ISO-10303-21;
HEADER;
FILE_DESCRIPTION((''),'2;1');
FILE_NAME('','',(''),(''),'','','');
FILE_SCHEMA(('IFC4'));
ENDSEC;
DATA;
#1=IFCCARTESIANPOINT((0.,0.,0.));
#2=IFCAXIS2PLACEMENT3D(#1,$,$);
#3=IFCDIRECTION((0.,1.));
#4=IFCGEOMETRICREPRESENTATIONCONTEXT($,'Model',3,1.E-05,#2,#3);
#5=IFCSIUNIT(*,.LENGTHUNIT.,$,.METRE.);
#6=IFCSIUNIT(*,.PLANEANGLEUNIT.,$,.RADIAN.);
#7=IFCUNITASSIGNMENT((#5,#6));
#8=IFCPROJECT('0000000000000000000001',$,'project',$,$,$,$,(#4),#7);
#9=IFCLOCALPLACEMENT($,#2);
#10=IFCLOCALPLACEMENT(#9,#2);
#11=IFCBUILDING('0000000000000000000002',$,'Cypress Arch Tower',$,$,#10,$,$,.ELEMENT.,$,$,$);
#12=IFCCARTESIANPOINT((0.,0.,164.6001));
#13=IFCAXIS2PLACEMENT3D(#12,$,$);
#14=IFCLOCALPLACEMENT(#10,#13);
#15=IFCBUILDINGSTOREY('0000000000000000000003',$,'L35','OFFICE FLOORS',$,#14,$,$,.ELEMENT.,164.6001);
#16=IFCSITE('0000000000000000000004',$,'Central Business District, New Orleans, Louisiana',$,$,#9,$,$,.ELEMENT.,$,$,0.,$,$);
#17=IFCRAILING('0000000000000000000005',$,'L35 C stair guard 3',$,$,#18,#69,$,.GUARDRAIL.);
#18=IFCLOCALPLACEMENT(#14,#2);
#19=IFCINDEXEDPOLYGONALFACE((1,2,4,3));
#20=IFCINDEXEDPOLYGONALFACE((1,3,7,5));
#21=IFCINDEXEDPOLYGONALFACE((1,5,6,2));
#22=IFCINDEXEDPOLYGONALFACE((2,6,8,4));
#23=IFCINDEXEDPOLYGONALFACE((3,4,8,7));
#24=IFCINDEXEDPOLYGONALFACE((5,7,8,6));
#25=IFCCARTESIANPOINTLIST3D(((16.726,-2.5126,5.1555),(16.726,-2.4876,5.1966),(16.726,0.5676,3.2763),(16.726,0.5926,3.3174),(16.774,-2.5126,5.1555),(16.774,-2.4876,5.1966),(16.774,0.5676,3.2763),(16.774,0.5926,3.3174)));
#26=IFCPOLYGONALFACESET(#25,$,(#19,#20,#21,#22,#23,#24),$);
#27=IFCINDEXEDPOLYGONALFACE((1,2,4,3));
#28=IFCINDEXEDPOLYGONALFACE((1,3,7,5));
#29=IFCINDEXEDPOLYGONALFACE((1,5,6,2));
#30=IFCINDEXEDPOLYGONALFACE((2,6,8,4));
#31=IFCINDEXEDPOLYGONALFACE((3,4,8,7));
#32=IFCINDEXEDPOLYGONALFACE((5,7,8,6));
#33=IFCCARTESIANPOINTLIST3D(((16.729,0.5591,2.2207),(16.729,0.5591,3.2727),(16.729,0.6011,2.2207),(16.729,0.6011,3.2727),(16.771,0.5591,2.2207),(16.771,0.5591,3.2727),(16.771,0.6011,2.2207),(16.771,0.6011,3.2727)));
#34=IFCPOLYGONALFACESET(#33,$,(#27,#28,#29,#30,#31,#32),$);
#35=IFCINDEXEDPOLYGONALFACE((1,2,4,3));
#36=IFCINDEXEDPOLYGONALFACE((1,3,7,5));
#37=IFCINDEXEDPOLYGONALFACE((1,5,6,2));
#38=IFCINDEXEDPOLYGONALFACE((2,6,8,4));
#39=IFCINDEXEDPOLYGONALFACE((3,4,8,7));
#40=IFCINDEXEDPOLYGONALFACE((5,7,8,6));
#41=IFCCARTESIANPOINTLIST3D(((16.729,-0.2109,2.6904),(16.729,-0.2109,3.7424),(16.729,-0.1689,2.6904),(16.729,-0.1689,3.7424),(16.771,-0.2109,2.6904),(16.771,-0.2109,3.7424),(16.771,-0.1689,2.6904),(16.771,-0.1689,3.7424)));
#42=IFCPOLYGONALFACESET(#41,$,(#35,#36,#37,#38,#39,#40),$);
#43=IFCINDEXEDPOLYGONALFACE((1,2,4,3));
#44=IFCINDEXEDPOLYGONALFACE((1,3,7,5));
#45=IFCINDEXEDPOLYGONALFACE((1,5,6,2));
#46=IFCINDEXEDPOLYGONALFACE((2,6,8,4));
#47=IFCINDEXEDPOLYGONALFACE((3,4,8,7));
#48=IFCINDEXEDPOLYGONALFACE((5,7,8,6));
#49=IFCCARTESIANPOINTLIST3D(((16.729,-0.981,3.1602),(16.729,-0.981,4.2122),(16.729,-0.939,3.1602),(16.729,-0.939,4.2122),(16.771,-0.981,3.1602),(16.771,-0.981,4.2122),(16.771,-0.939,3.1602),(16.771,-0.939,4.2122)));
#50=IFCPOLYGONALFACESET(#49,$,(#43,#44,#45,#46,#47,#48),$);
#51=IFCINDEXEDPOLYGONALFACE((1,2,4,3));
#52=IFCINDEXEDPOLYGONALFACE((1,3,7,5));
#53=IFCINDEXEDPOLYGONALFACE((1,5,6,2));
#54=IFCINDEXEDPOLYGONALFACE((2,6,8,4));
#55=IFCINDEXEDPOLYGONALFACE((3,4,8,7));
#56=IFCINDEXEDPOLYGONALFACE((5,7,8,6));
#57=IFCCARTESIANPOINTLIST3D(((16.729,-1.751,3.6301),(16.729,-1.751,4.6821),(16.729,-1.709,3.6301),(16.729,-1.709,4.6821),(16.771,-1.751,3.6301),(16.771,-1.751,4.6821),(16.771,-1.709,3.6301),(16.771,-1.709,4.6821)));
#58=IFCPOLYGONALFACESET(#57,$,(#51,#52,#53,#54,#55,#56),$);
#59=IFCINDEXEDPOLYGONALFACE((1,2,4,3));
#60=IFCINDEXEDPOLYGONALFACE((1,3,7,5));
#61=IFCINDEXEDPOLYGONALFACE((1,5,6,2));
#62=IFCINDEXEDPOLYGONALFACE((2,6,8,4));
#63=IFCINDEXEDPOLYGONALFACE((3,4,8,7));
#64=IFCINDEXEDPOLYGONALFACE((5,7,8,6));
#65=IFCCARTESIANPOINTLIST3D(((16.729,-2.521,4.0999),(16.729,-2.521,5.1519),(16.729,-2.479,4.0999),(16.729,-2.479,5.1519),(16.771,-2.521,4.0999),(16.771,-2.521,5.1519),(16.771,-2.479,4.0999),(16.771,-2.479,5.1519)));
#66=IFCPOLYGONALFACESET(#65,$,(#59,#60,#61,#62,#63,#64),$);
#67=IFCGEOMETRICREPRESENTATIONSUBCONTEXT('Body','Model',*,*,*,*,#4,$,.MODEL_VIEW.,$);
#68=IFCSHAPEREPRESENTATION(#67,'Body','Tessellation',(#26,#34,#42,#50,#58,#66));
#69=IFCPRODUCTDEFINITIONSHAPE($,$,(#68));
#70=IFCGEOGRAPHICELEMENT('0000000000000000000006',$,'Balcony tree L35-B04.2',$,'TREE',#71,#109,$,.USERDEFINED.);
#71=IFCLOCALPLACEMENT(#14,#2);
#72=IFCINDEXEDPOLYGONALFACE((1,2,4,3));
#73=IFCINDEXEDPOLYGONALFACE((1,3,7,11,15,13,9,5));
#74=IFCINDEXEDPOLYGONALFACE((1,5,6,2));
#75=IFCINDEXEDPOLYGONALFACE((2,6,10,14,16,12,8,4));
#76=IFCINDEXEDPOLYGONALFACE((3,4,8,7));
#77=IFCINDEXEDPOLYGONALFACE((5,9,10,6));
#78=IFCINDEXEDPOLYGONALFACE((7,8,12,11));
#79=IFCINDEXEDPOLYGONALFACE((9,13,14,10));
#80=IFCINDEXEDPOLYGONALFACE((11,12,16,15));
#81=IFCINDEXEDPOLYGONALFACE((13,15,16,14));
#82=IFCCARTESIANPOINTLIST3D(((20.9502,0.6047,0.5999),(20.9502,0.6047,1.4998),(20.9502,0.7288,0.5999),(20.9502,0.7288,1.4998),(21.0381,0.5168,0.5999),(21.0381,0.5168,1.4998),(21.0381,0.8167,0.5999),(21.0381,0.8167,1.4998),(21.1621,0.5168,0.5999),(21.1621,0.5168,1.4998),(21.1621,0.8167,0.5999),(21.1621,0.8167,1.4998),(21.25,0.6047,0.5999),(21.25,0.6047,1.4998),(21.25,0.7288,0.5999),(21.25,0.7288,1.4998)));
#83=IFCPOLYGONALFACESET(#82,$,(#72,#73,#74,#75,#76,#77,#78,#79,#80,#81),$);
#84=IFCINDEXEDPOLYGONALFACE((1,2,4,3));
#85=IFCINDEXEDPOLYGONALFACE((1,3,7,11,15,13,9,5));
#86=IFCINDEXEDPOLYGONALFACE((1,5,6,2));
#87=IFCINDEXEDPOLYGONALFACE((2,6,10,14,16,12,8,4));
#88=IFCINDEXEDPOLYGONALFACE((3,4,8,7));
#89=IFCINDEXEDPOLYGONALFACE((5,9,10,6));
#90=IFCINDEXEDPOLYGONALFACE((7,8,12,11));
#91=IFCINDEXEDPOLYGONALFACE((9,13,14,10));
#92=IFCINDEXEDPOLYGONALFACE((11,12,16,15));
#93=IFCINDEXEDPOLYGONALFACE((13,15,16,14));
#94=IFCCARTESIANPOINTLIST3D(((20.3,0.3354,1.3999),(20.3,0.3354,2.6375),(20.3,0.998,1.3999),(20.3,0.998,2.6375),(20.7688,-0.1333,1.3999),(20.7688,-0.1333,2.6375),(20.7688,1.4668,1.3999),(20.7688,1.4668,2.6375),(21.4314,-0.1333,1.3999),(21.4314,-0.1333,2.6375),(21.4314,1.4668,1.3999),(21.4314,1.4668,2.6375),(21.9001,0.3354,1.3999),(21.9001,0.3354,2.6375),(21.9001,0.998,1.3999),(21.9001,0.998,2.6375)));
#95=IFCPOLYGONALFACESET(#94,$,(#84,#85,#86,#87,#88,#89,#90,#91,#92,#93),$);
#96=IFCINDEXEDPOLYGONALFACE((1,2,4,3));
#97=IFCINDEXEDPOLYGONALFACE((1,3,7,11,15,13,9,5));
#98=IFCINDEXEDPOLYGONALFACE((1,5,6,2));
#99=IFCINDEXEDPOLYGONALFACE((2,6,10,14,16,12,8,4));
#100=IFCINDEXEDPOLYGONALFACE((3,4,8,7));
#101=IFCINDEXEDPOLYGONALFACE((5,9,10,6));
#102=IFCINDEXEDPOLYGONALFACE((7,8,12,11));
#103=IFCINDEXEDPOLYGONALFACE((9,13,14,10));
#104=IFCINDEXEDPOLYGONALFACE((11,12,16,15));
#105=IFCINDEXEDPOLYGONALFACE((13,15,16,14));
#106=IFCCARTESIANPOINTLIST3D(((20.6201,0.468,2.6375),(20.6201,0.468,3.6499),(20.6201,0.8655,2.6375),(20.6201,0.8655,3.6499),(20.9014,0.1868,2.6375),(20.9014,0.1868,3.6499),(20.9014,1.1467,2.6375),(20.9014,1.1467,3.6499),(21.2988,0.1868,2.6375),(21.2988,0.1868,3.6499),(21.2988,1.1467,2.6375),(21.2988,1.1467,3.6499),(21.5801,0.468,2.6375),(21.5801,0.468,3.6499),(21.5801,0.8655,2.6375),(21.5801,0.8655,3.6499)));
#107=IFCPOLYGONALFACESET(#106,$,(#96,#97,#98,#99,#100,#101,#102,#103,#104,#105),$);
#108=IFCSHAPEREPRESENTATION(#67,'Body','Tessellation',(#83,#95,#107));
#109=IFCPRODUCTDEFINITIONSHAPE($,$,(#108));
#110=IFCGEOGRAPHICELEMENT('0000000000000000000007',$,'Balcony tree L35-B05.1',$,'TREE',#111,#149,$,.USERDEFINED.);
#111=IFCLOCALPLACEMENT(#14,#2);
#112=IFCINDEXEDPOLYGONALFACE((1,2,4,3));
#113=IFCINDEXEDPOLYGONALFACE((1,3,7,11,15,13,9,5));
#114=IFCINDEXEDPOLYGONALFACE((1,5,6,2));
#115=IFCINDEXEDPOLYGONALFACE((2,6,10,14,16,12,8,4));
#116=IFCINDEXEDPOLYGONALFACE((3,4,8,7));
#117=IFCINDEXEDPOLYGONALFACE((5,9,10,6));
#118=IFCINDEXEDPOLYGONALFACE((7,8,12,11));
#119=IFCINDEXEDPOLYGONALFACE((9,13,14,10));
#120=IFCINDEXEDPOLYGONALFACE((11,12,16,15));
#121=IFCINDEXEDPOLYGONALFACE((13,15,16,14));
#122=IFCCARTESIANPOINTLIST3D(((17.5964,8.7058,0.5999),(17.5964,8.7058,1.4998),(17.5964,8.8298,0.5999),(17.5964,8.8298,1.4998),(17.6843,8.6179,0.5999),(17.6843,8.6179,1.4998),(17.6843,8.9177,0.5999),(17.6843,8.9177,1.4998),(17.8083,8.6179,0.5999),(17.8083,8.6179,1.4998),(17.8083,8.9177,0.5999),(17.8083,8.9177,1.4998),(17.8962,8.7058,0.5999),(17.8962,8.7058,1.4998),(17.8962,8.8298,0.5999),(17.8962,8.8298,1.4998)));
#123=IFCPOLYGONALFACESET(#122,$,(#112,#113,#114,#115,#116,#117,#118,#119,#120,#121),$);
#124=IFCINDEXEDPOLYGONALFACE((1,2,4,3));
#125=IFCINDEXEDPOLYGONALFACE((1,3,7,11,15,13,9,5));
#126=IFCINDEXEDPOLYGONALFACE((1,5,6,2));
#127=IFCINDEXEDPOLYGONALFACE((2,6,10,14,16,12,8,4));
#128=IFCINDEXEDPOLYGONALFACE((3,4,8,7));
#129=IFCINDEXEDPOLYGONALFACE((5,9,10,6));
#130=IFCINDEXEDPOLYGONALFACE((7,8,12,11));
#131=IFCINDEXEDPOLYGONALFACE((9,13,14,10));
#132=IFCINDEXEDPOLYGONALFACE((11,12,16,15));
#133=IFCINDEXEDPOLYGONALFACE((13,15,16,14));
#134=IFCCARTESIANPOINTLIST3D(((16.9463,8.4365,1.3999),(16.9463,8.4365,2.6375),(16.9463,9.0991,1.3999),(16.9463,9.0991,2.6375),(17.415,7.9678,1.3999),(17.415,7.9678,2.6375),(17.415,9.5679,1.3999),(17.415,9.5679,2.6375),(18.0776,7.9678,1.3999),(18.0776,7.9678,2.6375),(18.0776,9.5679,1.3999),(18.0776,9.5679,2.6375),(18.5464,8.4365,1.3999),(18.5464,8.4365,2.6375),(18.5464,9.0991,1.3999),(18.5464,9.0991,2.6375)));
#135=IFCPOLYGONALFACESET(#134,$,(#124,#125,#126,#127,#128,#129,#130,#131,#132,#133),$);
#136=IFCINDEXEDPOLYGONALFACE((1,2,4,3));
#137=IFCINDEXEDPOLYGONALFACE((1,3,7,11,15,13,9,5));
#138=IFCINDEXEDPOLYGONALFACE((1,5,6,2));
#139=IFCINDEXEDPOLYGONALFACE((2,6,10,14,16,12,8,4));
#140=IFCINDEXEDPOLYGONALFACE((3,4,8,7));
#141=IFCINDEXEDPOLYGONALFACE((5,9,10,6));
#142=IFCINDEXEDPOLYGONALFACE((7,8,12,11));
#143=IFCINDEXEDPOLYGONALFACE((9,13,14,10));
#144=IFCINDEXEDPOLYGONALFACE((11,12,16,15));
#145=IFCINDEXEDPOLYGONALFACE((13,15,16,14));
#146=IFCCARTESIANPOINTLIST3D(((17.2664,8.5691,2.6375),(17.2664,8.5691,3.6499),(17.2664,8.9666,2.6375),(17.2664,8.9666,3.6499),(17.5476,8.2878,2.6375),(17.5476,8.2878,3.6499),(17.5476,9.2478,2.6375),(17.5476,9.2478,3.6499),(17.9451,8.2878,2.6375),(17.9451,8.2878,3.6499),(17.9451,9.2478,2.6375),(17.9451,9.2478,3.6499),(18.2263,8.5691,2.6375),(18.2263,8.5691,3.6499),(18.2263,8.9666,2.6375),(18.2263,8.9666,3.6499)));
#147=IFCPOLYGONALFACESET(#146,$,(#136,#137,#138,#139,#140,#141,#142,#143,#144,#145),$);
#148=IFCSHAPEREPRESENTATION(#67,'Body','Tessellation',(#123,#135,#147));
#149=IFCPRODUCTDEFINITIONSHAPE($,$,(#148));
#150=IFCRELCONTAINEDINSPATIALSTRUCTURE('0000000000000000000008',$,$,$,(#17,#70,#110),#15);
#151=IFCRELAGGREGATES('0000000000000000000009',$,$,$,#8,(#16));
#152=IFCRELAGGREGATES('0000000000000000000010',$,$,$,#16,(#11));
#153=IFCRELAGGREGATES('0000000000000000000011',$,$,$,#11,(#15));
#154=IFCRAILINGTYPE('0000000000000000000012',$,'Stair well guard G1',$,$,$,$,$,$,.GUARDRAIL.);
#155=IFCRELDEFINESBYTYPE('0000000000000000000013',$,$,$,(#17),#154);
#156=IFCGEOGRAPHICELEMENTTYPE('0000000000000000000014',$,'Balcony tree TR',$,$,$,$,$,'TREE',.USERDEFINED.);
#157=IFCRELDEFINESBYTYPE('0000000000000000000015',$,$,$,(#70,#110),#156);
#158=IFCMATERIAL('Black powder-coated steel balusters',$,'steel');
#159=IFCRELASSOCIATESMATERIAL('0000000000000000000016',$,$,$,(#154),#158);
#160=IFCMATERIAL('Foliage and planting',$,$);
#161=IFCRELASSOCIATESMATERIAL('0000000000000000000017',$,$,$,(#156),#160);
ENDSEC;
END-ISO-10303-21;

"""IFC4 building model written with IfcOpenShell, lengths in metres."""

from ifc_helpers import new_model, si_unit, direction, frame, origin, origin_2d, place, context, subcontext, project, spatial, polyline, rectangle, outline, extrude, material, type_object, element, save


model = new_model("IFC4")

# Units and contexts
model_context = context("Model", 3, precision=1e-05, world=origin(), true_north=direction((0.0, 1.0)))
body_context = subcontext(model_context, "Body", "Model", "MODEL_VIEW")
ifc_project = project(units=[si_unit("LENGTHUNIT", "METRE"), si_unit("PLANEANGLEUNIT", "RADIAN")], contexts=[model_context])

# Site, building, storey
site_placement = place(None, origin())
site = spatial("IfcSite", under=ifc_project, at=site_placement, Name="Central Business District, New Orleans, Louisiana", CompositionType="ELEMENT", RefElevation=0.0)
building_placement = place(site_placement, origin())
building = spatial("IfcBuilding", under=site, at=building_placement, Name="Cypress Arch Tower", CompositionType="ELEMENT")
storey_placement = place(building_placement, frame((0.0, 0.0, 164.6001)))
storey = spatial("IfcBuildingStorey", under=building, at=storey_placement, Name="L35", Description="OFFICE FLOORS", CompositionType="ELEMENT", Elevation=164.6001)

# Railing
ifc_material_1 = material(Name="Black powder-coated steel balusters", Category="steel")
railing_type_1 = type_object("IfcRailingType", Name="Stair well guard G1", PredefinedType="GUARDRAIL", material=ifc_material_1)
railing_1_placement = place(storey_placement, frame((16.75, 0.5801, 2.2207)))
element("IfcRailing", 1, at=railing_1_placement, inside=storey, type_object=railing_type_1, Name="L35 C stair guard 3", PredefinedType="GUARDRAIL", context=body_context, shape_type="SweptSolid", body=[
    extrude(rectangle(XDim=0.0481, YDim=0.0481, at=origin_2d()), frame((0.0, 0.0, 1.0762), z_axis=(0.0, -0.853666, 0.52082), x_axis=(1.0, 0.0, 0.0)), (0.0, 0.0, 1.0), 3.6082),
    extrude(rectangle(XDim=0.042, YDim=0.042, at=origin_2d()), origin(), (0.0, 0.0, 1.0), 1.052),
    extrude(rectangle(XDim=0.042, YDim=0.042, at=origin_2d()), frame((0.0, -0.77, 0.4697)), (0.0, 0.0, 1.0), 1.052),
    extrude(rectangle(XDim=0.042, YDim=0.042, at=origin_2d()), frame((0.0, -1.54, 0.9395)), (0.0, 0.0, 1.0), 1.052),
    extrude(rectangle(XDim=0.042, YDim=0.042, at=origin_2d()), frame((0.0, -2.3101, 1.4094)), (0.0, 0.0, 1.0), 1.052),
    extrude(rectangle(XDim=0.042, YDim=0.042, at=origin_2d()), frame((0.0, -3.0801, 1.8792)), (0.0, 0.0, 1.0), 1.052),
])

# Geographic elements
ifc_material_2 = material(Name="Foliage and planting")
geographic_element_type = type_object("IfcGeographicElementType", Name="Balcony tree TR", ElementType="TREE", PredefinedType="USERDEFINED", material=ifc_material_2)
for number, where, z_axis, x_axis, name in (
    (2, (21.1001, 0.6667, 0.5999), (0.0, 0.0, 1.0), (1.0, 0.0, 0.0), "Balcony tree L35-B04.2"),
    (3, (17.7463, 8.7678, 0.5999), (0.0, 0.0, 1.0), (1.0, 0.0, 0.0), "Balcony tree L35-B05.1"),
):
    element("IfcGeographicElement", number, at=place(storey_placement, frame(where, z_axis=z_axis, x_axis=x_axis)), inside=storey, type_object=geographic_element_type, Name=name, ObjectType="TREE", PredefinedType="USERDEFINED", context=body_context, shape_type="SweptSolid", body=[
        extrude(outline(polyline([(0.1499, 0.062), (0.062, 0.1499), (-0.062, 0.1499), (-0.1499, 0.062), (-0.1499, -0.062), (-0.062, -0.1499), (0.062, -0.1499), (0.1499, -0.062), (0.1499, 0.062)])), origin(), (0.0, 0.0, 1.0), 0.8999),
        extrude(outline(polyline([(0.8, 0.3313), (0.3313, 0.8), (-0.3313, 0.8), (-0.8, 0.3313), (-0.8, -0.3313), (-0.3313, -0.8), (0.3313, -0.8), (0.8, -0.3313), (0.8, 0.3313)])), frame((0.0, 0.0, 0.8)), (0.0, 0.0, 1.0), 1.2375),
        extrude(outline(polyline([(0.48, 0.1987), (0.1987, 0.48), (-0.1987, 0.48), (-0.48, 0.1987), (-0.48, -0.1987), (-0.1987, -0.48), (0.1987, -0.48), (0.48, -0.1987), (0.48, 0.1987)])), frame((0.0, 0.0, 2.0376)), (0.0, 0.0, 1.0), 1.0125),
    ])

save(model, "model.ifc")
